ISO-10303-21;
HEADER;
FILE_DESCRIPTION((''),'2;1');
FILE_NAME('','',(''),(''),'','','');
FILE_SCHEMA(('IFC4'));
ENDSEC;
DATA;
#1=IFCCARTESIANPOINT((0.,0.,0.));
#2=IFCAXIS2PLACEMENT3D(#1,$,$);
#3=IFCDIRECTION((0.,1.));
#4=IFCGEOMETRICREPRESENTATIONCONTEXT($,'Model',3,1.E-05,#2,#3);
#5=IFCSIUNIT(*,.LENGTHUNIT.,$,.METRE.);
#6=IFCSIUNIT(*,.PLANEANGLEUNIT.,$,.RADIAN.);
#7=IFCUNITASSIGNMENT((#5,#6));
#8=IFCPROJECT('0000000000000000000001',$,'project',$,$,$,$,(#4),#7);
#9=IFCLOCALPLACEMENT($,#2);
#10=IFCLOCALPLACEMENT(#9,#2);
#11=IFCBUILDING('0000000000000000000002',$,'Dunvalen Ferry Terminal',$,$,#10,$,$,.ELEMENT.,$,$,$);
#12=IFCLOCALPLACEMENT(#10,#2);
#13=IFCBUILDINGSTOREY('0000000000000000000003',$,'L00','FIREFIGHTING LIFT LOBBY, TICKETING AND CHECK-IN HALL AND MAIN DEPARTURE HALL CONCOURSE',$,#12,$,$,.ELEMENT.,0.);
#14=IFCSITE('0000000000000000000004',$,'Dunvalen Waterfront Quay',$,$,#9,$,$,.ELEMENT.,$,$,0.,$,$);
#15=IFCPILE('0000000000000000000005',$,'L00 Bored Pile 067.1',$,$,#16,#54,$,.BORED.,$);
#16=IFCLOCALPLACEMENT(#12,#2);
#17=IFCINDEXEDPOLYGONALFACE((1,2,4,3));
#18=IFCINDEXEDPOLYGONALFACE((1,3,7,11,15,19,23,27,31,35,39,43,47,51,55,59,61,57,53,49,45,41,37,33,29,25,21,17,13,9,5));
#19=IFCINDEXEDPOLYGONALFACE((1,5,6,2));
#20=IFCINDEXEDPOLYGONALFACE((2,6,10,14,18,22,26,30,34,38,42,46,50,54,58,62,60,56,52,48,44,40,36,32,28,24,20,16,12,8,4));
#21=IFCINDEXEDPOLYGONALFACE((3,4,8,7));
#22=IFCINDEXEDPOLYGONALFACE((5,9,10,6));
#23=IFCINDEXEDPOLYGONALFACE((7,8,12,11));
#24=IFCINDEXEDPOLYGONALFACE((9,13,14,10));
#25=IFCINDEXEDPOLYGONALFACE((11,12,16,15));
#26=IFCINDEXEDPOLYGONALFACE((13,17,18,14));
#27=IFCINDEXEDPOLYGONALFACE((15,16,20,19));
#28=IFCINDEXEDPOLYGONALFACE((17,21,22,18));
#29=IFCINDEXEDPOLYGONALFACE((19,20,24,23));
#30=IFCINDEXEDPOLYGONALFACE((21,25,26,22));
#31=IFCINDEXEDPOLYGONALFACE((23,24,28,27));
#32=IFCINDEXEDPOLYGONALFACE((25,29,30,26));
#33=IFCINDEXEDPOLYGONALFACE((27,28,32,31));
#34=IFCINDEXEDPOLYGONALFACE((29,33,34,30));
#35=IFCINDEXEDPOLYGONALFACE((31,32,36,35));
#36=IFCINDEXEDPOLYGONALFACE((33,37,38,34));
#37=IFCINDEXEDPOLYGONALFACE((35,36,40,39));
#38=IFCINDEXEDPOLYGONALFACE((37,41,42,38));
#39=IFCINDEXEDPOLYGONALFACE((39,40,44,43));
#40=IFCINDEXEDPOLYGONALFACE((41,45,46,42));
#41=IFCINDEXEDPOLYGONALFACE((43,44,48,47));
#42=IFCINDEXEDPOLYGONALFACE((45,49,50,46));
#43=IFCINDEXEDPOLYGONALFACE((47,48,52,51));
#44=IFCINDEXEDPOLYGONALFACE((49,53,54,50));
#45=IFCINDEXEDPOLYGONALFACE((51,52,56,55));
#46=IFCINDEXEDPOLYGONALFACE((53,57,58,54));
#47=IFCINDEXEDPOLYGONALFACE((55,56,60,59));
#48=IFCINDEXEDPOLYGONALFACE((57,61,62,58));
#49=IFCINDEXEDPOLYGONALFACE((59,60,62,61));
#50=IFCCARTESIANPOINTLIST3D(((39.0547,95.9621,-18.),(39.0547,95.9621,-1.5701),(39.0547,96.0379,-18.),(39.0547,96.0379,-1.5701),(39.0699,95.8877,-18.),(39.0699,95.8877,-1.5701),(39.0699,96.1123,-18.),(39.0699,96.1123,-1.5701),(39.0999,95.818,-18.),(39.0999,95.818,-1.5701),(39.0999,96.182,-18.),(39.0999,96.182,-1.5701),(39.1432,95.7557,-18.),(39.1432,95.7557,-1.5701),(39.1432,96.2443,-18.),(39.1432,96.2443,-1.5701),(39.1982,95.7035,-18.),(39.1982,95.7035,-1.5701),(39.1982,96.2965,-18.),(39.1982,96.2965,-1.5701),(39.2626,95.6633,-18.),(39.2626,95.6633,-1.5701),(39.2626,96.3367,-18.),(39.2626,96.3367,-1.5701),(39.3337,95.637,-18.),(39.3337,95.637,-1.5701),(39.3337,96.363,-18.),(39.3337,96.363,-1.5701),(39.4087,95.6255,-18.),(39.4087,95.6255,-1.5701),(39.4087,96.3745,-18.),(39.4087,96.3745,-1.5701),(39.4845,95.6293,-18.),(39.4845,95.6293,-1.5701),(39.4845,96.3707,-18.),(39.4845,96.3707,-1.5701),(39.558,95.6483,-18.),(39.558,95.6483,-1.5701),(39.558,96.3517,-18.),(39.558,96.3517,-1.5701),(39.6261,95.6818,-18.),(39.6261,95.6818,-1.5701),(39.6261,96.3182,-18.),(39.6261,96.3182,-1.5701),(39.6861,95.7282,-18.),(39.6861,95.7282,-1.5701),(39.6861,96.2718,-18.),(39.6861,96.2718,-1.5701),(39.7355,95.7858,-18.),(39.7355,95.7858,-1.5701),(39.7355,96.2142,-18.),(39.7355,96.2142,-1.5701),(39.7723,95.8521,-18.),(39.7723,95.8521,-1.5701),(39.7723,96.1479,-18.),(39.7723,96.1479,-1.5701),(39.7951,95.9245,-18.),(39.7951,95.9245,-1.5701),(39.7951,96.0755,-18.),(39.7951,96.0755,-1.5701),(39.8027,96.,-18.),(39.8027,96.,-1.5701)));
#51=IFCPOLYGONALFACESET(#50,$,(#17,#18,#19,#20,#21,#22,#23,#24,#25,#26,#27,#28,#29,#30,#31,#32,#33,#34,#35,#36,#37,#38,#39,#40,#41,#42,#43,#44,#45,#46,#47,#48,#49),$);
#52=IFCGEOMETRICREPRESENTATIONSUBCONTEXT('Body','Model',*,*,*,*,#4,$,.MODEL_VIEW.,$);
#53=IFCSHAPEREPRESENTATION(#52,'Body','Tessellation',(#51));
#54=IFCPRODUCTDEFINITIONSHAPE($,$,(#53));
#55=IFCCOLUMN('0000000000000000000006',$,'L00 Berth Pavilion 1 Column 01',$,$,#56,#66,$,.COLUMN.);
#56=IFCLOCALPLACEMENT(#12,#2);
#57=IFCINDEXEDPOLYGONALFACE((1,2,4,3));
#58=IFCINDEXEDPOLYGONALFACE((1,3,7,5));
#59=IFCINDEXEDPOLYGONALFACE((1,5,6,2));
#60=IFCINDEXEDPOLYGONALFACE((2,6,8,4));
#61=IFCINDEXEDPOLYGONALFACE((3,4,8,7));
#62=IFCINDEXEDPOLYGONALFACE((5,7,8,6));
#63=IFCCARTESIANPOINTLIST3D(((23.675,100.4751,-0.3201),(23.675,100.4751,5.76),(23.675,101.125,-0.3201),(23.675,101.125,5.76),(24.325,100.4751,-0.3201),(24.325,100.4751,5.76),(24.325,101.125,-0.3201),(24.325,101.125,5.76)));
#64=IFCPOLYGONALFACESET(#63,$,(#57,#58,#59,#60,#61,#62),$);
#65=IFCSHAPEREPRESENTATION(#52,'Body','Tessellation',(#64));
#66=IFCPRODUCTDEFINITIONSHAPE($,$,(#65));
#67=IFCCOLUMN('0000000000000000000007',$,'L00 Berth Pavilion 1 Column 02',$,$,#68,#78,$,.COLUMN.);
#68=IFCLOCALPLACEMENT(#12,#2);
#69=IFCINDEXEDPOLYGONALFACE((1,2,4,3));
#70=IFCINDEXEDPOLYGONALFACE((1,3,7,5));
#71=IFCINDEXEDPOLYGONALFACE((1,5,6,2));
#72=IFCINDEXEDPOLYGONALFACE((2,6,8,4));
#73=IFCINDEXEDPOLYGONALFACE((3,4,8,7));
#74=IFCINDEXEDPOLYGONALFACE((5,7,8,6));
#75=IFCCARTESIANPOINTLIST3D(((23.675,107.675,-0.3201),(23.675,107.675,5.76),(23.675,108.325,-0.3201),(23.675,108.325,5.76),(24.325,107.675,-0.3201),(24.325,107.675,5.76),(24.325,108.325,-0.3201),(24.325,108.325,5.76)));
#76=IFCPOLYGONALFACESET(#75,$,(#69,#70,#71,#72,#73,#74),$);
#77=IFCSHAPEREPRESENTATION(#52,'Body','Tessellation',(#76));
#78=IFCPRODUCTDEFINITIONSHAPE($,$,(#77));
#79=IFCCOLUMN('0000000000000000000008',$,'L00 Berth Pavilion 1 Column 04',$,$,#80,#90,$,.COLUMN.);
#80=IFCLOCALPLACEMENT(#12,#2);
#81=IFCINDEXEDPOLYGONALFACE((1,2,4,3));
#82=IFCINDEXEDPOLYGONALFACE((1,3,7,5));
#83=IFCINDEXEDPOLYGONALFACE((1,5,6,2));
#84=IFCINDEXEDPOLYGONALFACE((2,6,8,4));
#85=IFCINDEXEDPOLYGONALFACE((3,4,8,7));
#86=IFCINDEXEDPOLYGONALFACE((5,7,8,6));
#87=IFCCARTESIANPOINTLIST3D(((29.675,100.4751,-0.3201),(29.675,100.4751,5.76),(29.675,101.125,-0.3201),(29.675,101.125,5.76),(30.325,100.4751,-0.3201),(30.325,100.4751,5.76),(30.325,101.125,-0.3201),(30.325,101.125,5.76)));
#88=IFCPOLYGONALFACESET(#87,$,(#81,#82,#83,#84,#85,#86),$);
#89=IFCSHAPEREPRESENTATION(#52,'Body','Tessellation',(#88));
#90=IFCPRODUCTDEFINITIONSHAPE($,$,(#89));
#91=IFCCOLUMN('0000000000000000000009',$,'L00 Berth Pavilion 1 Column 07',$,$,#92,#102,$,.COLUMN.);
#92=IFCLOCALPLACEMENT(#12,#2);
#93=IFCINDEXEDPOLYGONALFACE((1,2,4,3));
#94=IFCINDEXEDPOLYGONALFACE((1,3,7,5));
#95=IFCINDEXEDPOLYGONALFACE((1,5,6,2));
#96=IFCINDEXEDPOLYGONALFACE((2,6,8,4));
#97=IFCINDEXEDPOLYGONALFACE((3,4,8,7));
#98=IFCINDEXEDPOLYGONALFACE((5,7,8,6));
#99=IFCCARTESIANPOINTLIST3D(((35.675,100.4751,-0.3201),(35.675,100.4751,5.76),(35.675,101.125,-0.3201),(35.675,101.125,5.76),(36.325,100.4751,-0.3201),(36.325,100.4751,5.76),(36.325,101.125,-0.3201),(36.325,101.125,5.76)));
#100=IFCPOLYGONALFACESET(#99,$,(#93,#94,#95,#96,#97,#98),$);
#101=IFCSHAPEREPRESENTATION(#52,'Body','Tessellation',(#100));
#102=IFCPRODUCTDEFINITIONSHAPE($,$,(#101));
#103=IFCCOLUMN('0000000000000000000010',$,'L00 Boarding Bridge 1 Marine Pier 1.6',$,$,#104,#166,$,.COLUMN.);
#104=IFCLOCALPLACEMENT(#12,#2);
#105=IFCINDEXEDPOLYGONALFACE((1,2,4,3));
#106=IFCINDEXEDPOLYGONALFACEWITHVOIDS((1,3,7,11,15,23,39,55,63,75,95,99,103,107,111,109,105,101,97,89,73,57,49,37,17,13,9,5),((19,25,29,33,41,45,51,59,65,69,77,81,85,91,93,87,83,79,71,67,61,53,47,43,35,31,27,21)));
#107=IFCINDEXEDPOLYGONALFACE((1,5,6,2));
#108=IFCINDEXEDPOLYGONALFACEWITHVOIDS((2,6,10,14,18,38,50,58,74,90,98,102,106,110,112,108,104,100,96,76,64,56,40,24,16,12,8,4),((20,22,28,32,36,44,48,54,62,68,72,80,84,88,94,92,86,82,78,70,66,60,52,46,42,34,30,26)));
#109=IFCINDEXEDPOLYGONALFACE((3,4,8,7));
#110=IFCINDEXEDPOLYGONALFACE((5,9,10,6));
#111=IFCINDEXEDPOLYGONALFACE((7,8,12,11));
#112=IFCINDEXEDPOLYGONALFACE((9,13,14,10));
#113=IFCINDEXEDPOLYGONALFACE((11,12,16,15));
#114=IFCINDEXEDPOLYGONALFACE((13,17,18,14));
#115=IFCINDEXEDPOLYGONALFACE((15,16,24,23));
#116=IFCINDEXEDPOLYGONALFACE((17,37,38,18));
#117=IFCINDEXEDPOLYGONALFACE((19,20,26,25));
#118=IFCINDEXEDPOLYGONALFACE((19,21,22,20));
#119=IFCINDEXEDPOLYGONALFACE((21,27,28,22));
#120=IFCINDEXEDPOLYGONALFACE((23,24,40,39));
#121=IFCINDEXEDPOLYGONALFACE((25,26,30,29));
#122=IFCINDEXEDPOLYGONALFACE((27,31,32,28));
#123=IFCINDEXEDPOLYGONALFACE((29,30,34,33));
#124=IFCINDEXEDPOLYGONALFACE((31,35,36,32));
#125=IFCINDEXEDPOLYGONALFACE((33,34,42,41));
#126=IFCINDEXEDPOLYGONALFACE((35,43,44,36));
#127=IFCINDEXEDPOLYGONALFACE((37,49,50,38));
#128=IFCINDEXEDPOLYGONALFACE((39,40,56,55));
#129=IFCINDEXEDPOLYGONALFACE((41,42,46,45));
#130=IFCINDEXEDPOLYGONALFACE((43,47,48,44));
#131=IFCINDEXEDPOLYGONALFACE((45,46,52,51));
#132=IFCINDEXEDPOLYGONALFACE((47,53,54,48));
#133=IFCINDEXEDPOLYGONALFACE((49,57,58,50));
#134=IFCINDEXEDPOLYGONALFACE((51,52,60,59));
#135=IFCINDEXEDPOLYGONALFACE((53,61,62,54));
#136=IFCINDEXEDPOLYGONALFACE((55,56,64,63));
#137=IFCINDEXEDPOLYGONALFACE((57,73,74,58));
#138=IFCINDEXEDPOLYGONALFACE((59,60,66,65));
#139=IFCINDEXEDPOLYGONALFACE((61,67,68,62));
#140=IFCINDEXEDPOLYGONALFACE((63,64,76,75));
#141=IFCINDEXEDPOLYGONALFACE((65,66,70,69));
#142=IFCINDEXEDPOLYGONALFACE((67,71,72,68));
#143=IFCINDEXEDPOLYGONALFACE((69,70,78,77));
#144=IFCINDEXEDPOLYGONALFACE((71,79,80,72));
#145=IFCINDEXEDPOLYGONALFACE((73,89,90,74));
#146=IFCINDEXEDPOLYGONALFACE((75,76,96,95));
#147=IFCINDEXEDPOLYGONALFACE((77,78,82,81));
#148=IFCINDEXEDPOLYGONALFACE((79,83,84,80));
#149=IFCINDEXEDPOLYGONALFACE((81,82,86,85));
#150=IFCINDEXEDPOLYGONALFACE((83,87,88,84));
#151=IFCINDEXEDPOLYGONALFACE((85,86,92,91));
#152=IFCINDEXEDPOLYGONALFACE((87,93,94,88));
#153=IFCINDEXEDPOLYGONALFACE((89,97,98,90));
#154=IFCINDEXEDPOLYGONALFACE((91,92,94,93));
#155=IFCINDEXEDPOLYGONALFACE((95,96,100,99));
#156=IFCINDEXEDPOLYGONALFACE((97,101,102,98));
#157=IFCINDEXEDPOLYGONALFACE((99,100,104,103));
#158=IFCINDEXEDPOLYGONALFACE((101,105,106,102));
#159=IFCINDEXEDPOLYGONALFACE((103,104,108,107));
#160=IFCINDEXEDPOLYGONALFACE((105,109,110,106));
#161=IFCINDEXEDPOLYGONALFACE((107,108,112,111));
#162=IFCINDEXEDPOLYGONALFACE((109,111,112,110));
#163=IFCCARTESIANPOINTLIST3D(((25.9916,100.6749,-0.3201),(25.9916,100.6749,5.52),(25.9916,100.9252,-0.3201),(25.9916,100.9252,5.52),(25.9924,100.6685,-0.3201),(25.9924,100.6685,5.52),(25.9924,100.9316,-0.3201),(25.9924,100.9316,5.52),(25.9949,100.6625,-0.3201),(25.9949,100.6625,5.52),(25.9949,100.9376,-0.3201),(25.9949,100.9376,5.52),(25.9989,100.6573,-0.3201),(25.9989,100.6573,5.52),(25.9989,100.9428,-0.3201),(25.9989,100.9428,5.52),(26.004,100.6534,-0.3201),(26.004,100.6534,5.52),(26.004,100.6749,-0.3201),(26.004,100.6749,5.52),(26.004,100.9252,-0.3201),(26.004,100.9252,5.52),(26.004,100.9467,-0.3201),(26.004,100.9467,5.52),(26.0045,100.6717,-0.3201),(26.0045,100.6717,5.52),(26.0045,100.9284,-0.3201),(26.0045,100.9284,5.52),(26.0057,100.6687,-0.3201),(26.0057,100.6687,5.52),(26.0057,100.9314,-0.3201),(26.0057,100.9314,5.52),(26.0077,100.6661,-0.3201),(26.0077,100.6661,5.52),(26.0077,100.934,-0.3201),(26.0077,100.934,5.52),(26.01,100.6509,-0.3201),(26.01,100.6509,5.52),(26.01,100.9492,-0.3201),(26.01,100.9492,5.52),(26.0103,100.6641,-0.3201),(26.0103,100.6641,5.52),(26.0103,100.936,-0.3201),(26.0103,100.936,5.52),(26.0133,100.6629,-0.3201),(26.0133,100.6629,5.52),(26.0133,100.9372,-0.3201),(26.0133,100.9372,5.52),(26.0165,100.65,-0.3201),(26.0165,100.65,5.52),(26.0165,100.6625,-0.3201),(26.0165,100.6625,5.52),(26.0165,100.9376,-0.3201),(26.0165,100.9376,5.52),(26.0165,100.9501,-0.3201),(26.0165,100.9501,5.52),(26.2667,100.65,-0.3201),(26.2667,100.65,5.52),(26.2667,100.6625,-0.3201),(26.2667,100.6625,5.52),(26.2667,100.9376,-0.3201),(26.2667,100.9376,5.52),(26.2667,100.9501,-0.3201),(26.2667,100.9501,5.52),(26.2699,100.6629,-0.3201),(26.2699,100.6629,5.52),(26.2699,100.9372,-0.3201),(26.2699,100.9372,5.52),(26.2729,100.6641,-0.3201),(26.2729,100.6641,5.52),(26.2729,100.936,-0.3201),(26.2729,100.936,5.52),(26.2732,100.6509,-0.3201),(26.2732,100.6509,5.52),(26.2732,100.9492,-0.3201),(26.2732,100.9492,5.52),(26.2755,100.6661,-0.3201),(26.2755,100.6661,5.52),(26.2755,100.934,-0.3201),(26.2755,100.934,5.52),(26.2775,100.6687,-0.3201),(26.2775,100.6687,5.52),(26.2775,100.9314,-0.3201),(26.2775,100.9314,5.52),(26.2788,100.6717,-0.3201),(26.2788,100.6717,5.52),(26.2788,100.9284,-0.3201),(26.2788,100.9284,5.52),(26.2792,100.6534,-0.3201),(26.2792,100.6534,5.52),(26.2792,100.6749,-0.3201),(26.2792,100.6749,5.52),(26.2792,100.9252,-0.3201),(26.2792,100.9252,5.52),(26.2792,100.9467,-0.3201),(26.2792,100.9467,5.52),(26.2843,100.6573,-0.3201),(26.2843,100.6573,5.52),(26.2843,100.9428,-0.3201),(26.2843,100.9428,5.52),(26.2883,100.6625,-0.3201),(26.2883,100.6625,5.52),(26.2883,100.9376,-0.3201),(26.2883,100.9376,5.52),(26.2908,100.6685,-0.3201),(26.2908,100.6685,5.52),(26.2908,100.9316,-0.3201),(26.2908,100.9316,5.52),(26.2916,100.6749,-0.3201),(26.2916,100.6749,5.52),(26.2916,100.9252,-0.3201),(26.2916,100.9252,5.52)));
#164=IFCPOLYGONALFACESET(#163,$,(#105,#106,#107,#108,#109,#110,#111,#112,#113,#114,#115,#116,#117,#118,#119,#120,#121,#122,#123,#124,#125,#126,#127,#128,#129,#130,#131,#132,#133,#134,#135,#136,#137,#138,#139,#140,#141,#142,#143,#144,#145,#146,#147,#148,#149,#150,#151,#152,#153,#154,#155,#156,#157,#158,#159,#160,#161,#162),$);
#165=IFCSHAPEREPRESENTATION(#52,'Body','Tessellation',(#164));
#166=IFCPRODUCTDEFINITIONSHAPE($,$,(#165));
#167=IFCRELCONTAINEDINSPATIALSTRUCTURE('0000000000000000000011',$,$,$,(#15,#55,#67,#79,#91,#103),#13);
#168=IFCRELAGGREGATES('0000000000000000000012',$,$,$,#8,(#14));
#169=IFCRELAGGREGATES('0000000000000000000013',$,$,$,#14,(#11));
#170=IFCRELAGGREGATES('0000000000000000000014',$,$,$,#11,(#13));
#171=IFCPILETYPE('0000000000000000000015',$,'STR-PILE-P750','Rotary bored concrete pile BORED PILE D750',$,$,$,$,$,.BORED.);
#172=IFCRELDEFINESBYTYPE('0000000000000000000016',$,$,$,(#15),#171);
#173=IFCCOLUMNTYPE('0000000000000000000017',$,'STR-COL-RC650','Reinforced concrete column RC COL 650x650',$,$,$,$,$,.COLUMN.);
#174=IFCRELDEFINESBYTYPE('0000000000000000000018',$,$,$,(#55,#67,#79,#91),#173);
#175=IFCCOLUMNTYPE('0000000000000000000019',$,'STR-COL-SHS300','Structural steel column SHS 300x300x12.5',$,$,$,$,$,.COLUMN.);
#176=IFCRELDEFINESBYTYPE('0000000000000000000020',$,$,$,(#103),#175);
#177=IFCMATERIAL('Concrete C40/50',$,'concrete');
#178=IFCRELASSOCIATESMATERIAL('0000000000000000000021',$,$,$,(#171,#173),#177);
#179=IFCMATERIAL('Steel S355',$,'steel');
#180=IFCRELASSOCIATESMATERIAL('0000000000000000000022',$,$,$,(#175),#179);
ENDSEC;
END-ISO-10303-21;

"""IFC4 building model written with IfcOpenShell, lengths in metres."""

from ifc_helpers import new_model, si_unit, direction, frame, origin, origin_2d, place, context, subcontext, project, spatial, rectangle, hollow_rectangle, circle, extrude, material, material_profile, profile_set, type_object, element, save


model = new_model("IFC4")

# Units and contexts
model_context = context("Model", 3, precision=1e-05, world=origin(), true_north=direction((0.0, 1.0)))
body_context = subcontext(model_context, "Body", "Model", "MODEL_VIEW")
ifc_project = project(units=[si_unit("LENGTHUNIT", "METRE"), si_unit("PLANEANGLEUNIT", "RADIAN")], contexts=[model_context])

# Site, building, storey
site_placement = place(None, origin())
site = spatial("IfcSite", under=ifc_project, at=site_placement, Name="Dunvalen Waterfront Quay", CompositionType="ELEMENT", RefElevation=0.0)
building_placement = place(site_placement, origin())
building = spatial("IfcBuilding", under=site, at=building_placement, Name="Dunvalen Ferry Terminal", CompositionType="ELEMENT")
storey_placement = place(building_placement, origin())
storey = spatial("IfcBuildingStorey", under=building, at=storey_placement, Name="L00", Description="FIREFIGHTING LIFT LOBBY, TICKETING AND CHECK-IN HALL AND MAIN DEPARTURE HALL CONCOURSE", CompositionType="ELEMENT", Elevation=0.0)

# Shared definitions
ifc_material_1 = material(Name="Concrete C40/50", Category="concrete")

# Pile
ifc_material_profile_1 = material_profile(ifc_material_1, circle(Radius=0.375, at=origin_2d()), Name="Concrete C40/50")
ifc_profile_set_1 = profile_set([ifc_material_profile_1], Name="Concrete C40/50")
pile_type = type_object("IfcPileType", Name="STR-PILE-P750", Description="Rotary bored concrete pile BORED PILE D750", PredefinedType="BORED", material=ifc_profile_set_1)
pile_placement = place(storey_placement, frame((39.4277, 96.0, -1.5701), z_axis=(0.0, 0.0, -1.0), x_axis=(1.0, 0.0, 0.0)))
element("IfcPile", 1, at=pile_placement, inside=storey, type_object=pile_type, Name="L00 Bored Pile 067.1", PredefinedType="BORED", context=body_context, shape_type="SweptSolid", body=[
    extrude(circle(Radius=0.375, at=origin_2d()), origin(), (0.0, 0.0, 1.0), 16.4299),
])

# Columns
ifc_material_profile_2 = material_profile(ifc_material_1, rectangle(XDim=0.6499, YDim=0.6499, at=origin_2d()), Name="Concrete C40/50")
ifc_profile_set_2 = profile_set([ifc_material_profile_2], Name="Concrete C40/50")
column_type_1 = type_object("IfcColumnType", Name="STR-COL-RC650", Description="Reinforced concrete column RC COL 650x650", PredefinedType="COLUMN", material=ifc_profile_set_2)
for number, where, z_axis, x_axis, name in (
    (2, (24.0, 100.8, -0.3201), (0.0, 0.0, 1.0), (1.0, 0.0, 0.0), "L00 Berth Pavilion 1 Column 01"),
    (3, (24.0, 108.0, -0.3201), (0.0, 0.0, 1.0), (1.0, 0.0, 0.0), "L00 Berth Pavilion 1 Column 02"),
    (4, (30.0, 100.8, -0.3201), (0.0, 0.0, 1.0), (1.0, 0.0, 0.0), "L00 Berth Pavilion 1 Column 04"),
    (5, (36.0, 100.8, -0.3201), (0.0, 0.0, 1.0), (1.0, 0.0, 0.0), "L00 Berth Pavilion 1 Column 07"),
):
    element("IfcColumn", number, at=place(storey_placement, frame(where, z_axis=z_axis, x_axis=x_axis)), inside=storey, type_object=column_type_1, Name=name, PredefinedType="COLUMN", context=body_context, shape_type="SweptSolid", body=[
        extrude(rectangle(XDim=0.6499, YDim=0.6499, at=origin_2d()), origin(), (0.0, 0.0, 1.0), 6.0801),
    ])
ifc_material_2 = material(Name="Steel S355", Category="steel")
ifc_material_profile_3 = material_profile(ifc_material_2, hollow_rectangle(XDim=0.3, YDim=0.3, WallThickness=0.0125, InnerFilletRadius=0.0125, OuterFilletRadius=0.0249, at=origin_2d()), Name="Steel S355")
ifc_profile_set_3 = profile_set([ifc_material_profile_3], Name="Steel S355")
column_type_2 = type_object("IfcColumnType", Name="STR-COL-SHS300", Description="Structural steel column SHS 300x300x12.5", PredefinedType="COLUMN", material=ifc_profile_set_3)
for number, where, z_axis, x_axis, name in (
    (6, (26.1416, 100.8, -0.3201), (0.0, 0.0, 1.0), (1.0, 0.0, 0.0), "L00 Boarding Bridge 1 Marine Pier 1.6"),
):
    element("IfcColumn", number, at=place(storey_placement, frame(where, z_axis=z_axis, x_axis=x_axis)), inside=storey, type_object=column_type_2, Name=name, PredefinedType="COLUMN", context=body_context, shape_type="SweptSolid", body=[
        extrude(hollow_rectangle(XDim=0.3, YDim=0.3, WallThickness=0.0125, InnerFilletRadius=0.0125, OuterFilletRadius=0.0249, at=origin_2d()), origin(), (0.0, 0.0, 1.0), 5.8401),
    ])

save(model, "model.ifc")
